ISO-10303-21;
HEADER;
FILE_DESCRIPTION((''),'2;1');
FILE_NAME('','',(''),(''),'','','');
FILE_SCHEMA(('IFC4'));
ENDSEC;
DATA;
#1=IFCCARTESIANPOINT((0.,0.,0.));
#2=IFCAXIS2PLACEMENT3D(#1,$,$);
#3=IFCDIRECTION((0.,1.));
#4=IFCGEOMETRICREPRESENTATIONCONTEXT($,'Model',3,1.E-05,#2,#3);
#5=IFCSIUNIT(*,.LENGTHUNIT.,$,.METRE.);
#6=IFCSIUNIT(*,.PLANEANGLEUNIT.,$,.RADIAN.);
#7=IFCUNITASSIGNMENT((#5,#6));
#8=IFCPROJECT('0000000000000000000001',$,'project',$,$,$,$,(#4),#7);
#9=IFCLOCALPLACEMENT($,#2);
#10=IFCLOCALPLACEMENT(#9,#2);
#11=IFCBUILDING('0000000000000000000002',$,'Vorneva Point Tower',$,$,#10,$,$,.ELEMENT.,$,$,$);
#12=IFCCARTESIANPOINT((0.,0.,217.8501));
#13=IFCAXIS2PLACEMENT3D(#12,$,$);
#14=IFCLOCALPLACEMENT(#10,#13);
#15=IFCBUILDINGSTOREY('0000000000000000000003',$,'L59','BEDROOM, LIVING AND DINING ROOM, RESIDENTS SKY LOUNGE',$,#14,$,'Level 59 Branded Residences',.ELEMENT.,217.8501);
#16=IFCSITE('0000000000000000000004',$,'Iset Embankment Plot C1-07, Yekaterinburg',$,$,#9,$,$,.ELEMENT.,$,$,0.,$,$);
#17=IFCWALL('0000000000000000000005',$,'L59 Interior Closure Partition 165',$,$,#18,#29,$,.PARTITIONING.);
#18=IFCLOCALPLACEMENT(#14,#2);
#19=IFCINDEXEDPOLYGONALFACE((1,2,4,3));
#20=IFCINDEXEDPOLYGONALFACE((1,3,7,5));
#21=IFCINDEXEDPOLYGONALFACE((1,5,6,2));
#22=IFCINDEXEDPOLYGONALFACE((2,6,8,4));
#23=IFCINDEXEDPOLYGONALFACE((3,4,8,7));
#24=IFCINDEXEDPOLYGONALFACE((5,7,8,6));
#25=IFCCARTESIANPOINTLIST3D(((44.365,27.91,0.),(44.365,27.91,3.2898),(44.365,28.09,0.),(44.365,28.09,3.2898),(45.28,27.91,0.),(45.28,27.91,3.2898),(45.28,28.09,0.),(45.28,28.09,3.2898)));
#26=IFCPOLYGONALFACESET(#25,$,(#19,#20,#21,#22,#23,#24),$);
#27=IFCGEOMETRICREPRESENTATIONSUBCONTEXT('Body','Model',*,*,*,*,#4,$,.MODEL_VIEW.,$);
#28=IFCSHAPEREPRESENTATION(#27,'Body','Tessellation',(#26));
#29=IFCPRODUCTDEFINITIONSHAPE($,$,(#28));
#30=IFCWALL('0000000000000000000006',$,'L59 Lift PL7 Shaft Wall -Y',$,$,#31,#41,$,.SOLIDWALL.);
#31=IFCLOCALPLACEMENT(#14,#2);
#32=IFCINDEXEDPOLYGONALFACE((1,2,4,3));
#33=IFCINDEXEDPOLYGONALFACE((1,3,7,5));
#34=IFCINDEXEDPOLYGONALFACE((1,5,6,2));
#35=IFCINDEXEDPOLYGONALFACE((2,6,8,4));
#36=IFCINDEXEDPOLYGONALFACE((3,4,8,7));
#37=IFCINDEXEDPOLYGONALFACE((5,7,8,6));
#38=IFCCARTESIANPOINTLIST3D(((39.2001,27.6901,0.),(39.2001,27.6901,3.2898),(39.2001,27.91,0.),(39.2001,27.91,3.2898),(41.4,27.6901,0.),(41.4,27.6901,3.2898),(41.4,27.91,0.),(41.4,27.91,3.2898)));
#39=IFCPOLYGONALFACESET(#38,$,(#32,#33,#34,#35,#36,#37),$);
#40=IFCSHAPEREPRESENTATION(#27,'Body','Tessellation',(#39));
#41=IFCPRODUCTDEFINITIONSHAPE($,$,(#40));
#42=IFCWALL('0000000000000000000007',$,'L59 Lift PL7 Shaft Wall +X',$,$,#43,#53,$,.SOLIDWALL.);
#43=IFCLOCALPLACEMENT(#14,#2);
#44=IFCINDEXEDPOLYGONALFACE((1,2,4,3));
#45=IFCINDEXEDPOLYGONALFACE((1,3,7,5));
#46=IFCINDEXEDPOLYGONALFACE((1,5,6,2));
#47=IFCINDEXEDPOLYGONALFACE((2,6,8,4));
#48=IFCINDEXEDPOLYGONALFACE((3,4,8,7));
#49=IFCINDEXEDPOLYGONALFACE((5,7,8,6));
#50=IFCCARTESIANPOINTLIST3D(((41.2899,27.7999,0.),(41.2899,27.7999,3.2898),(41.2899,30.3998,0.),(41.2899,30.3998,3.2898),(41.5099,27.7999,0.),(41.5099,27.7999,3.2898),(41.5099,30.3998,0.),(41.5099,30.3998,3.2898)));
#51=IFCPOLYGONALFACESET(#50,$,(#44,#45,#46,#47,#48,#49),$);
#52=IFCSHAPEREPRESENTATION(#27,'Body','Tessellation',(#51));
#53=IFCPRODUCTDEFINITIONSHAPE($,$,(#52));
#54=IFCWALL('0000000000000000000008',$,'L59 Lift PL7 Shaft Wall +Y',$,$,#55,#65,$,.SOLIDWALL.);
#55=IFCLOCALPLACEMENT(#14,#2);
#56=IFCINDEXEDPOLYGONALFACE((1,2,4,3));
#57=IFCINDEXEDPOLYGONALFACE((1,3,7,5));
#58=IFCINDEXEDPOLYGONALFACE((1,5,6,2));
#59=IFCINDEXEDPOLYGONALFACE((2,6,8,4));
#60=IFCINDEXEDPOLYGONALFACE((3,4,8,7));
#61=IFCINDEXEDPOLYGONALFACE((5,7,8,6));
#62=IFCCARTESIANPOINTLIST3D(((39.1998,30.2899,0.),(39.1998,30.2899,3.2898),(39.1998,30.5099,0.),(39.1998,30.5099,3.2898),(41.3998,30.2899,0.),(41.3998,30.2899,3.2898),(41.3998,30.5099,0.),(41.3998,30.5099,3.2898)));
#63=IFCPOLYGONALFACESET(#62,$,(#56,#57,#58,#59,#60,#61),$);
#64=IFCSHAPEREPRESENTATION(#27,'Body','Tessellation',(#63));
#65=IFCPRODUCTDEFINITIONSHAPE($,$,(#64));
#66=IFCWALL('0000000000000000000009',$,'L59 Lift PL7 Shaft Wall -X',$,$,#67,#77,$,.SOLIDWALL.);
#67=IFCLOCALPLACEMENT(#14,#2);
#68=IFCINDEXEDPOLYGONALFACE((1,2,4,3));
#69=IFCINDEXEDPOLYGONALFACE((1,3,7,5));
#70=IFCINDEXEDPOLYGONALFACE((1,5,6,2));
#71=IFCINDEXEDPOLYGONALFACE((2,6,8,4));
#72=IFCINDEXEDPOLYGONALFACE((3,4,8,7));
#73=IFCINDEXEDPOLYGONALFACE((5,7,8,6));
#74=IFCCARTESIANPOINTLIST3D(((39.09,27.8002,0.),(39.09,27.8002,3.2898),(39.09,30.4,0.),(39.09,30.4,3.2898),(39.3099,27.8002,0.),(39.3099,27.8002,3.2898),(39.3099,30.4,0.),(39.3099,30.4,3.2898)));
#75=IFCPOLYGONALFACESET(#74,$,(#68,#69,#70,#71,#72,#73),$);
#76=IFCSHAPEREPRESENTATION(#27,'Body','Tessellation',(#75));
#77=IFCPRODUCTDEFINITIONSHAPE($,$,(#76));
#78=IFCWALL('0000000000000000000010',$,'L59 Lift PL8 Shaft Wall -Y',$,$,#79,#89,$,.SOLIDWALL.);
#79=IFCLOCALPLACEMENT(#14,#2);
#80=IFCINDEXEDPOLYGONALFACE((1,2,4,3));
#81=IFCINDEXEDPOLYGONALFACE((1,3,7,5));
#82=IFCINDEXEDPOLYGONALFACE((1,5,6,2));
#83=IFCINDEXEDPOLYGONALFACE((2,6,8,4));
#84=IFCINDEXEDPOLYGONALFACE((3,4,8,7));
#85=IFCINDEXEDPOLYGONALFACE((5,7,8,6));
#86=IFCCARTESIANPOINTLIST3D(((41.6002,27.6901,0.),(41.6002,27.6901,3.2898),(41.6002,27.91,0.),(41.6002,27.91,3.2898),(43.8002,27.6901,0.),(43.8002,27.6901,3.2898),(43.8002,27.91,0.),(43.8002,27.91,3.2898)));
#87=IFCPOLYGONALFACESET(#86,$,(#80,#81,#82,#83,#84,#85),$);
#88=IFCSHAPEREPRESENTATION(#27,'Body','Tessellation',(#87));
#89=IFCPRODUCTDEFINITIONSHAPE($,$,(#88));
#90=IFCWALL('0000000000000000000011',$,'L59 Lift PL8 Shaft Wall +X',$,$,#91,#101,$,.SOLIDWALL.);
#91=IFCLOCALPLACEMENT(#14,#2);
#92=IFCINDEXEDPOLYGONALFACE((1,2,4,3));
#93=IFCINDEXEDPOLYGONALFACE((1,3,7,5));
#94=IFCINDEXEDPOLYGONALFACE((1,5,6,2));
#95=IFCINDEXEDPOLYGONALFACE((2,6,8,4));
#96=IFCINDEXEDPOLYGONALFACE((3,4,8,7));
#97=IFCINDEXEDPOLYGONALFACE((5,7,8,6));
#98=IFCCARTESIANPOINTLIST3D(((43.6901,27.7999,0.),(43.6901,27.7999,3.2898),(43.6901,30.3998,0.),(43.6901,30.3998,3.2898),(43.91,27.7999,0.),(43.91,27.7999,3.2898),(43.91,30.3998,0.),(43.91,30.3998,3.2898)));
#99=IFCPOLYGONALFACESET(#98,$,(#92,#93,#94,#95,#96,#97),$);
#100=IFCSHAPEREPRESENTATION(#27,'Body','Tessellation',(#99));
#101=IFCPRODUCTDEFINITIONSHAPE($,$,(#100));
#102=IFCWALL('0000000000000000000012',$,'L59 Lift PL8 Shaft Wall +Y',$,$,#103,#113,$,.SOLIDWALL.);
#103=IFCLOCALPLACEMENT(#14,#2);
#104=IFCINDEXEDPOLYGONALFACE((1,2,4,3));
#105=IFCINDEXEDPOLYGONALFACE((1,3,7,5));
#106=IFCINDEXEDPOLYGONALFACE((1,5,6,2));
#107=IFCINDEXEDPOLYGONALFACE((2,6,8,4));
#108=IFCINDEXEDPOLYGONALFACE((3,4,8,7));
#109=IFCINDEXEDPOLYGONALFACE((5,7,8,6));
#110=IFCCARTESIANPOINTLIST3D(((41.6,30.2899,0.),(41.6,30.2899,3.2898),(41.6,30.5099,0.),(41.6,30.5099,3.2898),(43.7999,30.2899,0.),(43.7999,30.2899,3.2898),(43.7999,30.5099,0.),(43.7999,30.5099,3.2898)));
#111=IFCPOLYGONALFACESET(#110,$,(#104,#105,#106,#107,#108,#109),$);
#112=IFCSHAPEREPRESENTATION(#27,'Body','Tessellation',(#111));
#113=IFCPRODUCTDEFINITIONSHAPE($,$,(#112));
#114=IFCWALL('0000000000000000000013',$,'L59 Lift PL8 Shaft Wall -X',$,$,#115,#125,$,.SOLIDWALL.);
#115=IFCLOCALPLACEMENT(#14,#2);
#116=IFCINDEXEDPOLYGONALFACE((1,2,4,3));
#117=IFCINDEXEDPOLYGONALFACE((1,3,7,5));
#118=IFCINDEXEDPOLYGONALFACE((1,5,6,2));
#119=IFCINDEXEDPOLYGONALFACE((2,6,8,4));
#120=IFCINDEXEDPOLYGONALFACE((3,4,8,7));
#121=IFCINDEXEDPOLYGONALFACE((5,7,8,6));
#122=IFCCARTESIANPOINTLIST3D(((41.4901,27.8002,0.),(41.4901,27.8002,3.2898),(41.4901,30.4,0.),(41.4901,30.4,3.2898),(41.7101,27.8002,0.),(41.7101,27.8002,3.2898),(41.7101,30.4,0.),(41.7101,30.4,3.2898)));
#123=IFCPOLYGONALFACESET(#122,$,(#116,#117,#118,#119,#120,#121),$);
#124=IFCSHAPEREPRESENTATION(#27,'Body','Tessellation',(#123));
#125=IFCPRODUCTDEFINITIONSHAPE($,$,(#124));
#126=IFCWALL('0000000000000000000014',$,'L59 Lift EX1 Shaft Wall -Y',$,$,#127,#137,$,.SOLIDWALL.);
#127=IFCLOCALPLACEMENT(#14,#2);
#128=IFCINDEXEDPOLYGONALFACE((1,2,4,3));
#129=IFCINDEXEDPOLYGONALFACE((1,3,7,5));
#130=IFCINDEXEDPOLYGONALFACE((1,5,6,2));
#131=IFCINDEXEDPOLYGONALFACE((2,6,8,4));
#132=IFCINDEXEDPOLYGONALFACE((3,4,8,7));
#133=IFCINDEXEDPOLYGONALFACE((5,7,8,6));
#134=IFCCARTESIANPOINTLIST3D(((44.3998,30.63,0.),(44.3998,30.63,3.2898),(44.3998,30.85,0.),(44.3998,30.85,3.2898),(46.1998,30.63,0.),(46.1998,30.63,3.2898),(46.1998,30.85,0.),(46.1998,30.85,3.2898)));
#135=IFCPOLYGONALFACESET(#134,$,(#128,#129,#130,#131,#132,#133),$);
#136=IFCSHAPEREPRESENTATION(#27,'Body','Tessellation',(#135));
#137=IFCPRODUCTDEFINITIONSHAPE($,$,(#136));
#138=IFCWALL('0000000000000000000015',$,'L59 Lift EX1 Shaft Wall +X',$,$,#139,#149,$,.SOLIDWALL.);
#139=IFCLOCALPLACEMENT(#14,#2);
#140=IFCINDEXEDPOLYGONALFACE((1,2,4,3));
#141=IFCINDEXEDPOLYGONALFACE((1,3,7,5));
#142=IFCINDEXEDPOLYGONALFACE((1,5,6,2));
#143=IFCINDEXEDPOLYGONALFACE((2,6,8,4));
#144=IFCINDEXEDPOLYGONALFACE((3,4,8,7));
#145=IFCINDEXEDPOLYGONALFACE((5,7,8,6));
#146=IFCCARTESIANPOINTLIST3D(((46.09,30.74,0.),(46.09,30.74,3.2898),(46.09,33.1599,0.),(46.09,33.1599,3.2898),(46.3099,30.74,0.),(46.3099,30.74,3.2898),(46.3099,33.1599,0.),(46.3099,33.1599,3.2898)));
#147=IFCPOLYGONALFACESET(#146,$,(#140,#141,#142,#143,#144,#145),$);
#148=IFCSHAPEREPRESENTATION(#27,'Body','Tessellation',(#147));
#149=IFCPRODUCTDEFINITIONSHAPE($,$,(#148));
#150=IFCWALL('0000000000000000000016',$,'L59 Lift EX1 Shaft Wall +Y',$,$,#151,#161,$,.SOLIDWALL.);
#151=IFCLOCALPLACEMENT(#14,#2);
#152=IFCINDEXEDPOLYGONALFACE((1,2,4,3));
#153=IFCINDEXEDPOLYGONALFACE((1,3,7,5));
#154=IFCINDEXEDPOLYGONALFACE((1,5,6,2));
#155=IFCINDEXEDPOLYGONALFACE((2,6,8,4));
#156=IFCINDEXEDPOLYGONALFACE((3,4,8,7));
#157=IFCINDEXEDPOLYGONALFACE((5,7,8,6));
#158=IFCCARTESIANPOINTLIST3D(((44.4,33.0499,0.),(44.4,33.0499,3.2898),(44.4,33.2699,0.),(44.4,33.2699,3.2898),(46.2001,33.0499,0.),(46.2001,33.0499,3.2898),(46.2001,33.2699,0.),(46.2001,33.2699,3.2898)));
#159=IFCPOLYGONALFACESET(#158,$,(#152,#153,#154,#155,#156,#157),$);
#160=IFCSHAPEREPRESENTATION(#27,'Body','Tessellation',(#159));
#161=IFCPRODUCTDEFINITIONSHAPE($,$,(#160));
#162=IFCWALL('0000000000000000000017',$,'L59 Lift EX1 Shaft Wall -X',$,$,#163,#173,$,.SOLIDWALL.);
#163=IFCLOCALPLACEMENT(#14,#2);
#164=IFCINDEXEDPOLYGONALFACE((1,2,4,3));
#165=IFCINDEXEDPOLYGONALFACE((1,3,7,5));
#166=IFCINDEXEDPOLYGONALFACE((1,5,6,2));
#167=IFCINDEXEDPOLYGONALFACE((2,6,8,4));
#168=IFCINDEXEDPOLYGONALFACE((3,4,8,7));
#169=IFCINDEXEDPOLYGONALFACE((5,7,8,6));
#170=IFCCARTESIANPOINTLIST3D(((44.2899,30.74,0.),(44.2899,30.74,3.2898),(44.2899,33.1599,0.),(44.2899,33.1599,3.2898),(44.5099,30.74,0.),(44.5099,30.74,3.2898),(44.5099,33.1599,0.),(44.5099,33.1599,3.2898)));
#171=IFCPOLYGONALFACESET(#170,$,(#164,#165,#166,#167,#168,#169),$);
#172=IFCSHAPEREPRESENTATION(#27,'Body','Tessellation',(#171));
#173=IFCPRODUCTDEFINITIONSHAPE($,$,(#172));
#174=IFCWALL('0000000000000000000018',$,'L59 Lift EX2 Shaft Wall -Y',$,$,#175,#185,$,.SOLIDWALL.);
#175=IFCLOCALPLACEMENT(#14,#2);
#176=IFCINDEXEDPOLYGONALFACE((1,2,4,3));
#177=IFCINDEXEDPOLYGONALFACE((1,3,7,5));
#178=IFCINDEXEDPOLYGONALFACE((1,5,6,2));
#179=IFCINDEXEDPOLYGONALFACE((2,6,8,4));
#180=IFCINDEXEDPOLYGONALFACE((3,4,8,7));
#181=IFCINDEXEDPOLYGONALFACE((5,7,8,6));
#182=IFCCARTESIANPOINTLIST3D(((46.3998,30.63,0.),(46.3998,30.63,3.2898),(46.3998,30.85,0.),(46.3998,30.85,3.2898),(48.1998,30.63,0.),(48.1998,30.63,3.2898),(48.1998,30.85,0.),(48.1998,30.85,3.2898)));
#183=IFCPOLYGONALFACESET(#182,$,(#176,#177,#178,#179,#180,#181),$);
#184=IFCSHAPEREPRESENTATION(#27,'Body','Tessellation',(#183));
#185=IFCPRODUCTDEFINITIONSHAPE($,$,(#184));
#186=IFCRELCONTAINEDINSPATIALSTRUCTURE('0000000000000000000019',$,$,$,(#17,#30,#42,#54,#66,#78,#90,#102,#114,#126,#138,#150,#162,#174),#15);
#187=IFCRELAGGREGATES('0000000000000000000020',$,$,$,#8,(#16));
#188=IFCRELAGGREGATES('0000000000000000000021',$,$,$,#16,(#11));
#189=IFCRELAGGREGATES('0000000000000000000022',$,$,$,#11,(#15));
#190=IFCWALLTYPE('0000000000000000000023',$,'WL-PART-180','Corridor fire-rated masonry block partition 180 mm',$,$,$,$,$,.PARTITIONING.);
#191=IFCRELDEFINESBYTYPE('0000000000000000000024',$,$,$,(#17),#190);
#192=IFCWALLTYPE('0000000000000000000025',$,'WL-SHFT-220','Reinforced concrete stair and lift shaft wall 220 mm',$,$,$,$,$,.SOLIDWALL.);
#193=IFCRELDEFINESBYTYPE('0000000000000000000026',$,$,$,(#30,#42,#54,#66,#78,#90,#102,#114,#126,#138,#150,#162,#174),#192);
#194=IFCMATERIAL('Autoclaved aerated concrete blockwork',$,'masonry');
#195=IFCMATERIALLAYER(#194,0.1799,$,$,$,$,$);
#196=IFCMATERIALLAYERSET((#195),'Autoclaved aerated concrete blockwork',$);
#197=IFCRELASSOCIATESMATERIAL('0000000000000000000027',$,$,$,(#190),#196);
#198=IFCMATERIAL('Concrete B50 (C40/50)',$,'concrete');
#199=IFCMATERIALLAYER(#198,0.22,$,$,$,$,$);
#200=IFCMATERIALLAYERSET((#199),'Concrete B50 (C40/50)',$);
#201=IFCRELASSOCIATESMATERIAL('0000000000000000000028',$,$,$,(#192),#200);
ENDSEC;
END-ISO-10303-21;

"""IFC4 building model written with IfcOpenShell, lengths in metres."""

from ifc_helpers import new_model, si_unit, direction, frame, frame_2d, origin, place, context, subcontext, project, spatial, rectangle, extrude, material, layer, layer_set, type_object, element, save


model = new_model("IFC4")

# Units and contexts
model_context = context("Model", 3, precision=1e-05, world=origin(), true_north=direction((0.0, 1.0)))
body_context = subcontext(model_context, "Body", "Model", "MODEL_VIEW")
ifc_project = project(units=[si_unit("LENGTHUNIT", "METRE"), si_unit("PLANEANGLEUNIT", "RADIAN")], contexts=[model_context])

# Site, building, storey
site_placement = place(None, origin())
site = spatial("IfcSite", under=ifc_project, at=site_placement, Name="Iset Embankment Plot C1-07, Yekaterinburg", CompositionType="ELEMENT", RefElevation=0.0)
building_placement = place(site_placement, origin())
building = spatial("IfcBuilding", under=site, at=building_placement, Name="Vorneva Point Tower", CompositionType="ELEMENT")
storey_placement = place(building_placement, frame((0.0, 0.0, 217.8501)))
storey = spatial("IfcBuildingStorey", under=building, at=storey_placement, Name="L59", Description="BEDROOM, LIVING AND DINING ROOM, RESIDENTS SKY LOUNGE", LongName="Level 59 Branded Residences", CompositionType="ELEMENT", Elevation=217.8501)

# Shared definitions
ifc_material_1 = material(Name="Concrete B50 (C40/50)", Category="concrete")

# Shared definitions
ifc_material_2 = material(Name="Autoclaved aerated concrete blockwork", Category="masonry")
ifc_layer_1 = layer(ifc_material_2, 0.1799)
ifc_layer_set_1 = layer_set([ifc_layer_1], Name="Autoclaved aerated concrete blockwork")
wall_type_1 = type_object("IfcWallType", Name="WL-PART-180", Description="Corridor fire-rated masonry block partition 180 mm", PredefinedType="PARTITIONING", material=ifc_layer_set_1)

# Walls
wall_1_placement = place(storey_placement, frame((45.28, 28.0, 0.0), z_axis=(0.0, 0.0, 1.0), x_axis=(-1.0, 0.0, 0.0)))
element("IfcWall", 1, at=wall_1_placement, inside=storey, type_object=wall_type_1, Name="L59 Interior Closure Partition 165", PredefinedType="PARTITIONING", context=body_context, shape_type="SweptSolid", body=[
    extrude(rectangle(XDim=0.915, YDim=0.1799, at=frame_2d((0.4575, 0.0))), origin(), (0.0, 0.0, 1.0), 3.2898),
])
ifc_layer_2 = layer(ifc_material_1, 0.22)
ifc_layer_set_2 = layer_set([ifc_layer_2], Name="Concrete B50 (C40/50)")
wall_type_2 = type_object("IfcWallType", Name="WL-SHFT-220", Description="Reinforced concrete stair and lift shaft wall 220 mm", PredefinedType="SOLIDWALL", material=ifc_layer_set_2)
wall_2_placement = place(storey_placement, frame((39.2, 27.8, 0.0), z_axis=(0.0, 0.0, 1.0), x_axis=(1.0, 0.0, 0.0)))
element("IfcWall", 2, at=wall_2_placement, inside=storey, type_object=wall_type_2, Name="L59 Lift PL7 Shaft Wall -Y", PredefinedType="SOLIDWALL", context=body_context, shape_type="SweptSolid", body=[
    extrude(rectangle(XDim=2.2, YDim=0.22, at=frame_2d((1.1001, 0.0))), origin(), (0.0, 0.0, 1.0), 3.2898),
])
wall_3_placement = place(storey_placement, frame((41.3999, 27.8, 0.0), z_axis=(0.0, 0.0, 1.0), x_axis=(0.0, 1.0, 0.0)))
element("IfcWall", 3, at=wall_3_placement, inside=storey, type_object=wall_type_2, Name="L59 Lift PL7 Shaft Wall +X", PredefinedType="SOLIDWALL", context=body_context, shape_type="SweptSolid", body=[
    extrude(rectangle(XDim=2.5999, YDim=0.22, at=frame_2d((1.2998, 0.0))), origin(), (0.0, 0.0, 1.0), 3.2898),
])
wall_4_placement = place(storey_placement, frame((41.3999, 30.3999, 0.0), z_axis=(0.0, 0.0, 1.0), x_axis=(-1.0, 0.0, 0.0)))
element("IfcWall", 4, at=wall_4_placement, inside=storey, type_object=wall_type_2, Name="L59 Lift PL7 Shaft Wall +Y", PredefinedType="SOLIDWALL", context=body_context, shape_type="SweptSolid", body=[
    extrude(rectangle(XDim=2.2, YDim=0.22, at=frame_2d((1.1001, 0.0))), origin(), (0.0, 0.0, 1.0), 3.2898),
])
wall_5_placement = place(storey_placement, frame((39.2, 30.3999, 0.0), z_axis=(0.0, 0.0, 1.0), x_axis=(0.0, -1.0, 0.0)))
element("IfcWall", 5, at=wall_5_placement, inside=storey, type_object=wall_type_2, Name="L59 Lift PL7 Shaft Wall -X", PredefinedType="SOLIDWALL", context=body_context, shape_type="SweptSolid", body=[
    extrude(rectangle(XDim=2.5999, YDim=0.22, at=frame_2d((1.2998, 0.0))), origin(), (0.0, 0.0, 1.0), 3.2898),
])
wall_6_placement = place(storey_placement, frame((41.6001, 27.8, 0.0), z_axis=(0.0, 0.0, 1.0), x_axis=(1.0, 0.0, 0.0)))
element("IfcWall", 6, at=wall_6_placement, inside=storey, type_object=wall_type_2, Name="L59 Lift PL8 Shaft Wall -Y", PredefinedType="SOLIDWALL", context=body_context, shape_type="SweptSolid", body=[
    extrude(rectangle(XDim=2.2, YDim=0.22, at=frame_2d((1.1001, 0.0))), origin(), (0.0, 0.0, 1.0), 3.2898),
])
wall_7_placement = place(storey_placement, frame((43.8, 27.8, 0.0), z_axis=(0.0, 0.0, 1.0), x_axis=(0.0, 1.0, 0.0)))
element("IfcWall", 7, at=wall_7_placement, inside=storey, type_object=wall_type_2, Name="L59 Lift PL8 Shaft Wall +X", PredefinedType="SOLIDWALL", context=body_context, shape_type="SweptSolid", body=[
    extrude(rectangle(XDim=2.5999, YDim=0.22, at=frame_2d((1.2998, 0.0))), origin(), (0.0, 0.0, 1.0), 3.2898),
])
wall_8_placement = place(storey_placement, frame((43.8, 30.3999, 0.0), z_axis=(0.0, 0.0, 1.0), x_axis=(-1.0, 0.0, 0.0)))
element("IfcWall", 8, at=wall_8_placement, inside=storey, type_object=wall_type_2, Name="L59 Lift PL8 Shaft Wall +Y", PredefinedType="SOLIDWALL", context=body_context, shape_type="SweptSolid", body=[
    extrude(rectangle(XDim=2.2, YDim=0.22, at=frame_2d((1.1001, 0.0))), origin(), (0.0, 0.0, 1.0), 3.2898),
])
wall_9_placement = place(storey_placement, frame((41.6001, 30.3999, 0.0), z_axis=(0.0, 0.0, 1.0), x_axis=(0.0, -1.0, 0.0)))
element("IfcWall", 9, at=wall_9_placement, inside=storey, type_object=wall_type_2, Name="L59 Lift PL8 Shaft Wall -X", PredefinedType="SOLIDWALL", context=body_context, shape_type="SweptSolid", body=[
    extrude(rectangle(XDim=2.5999, YDim=0.22, at=frame_2d((1.2998, 0.0))), origin(), (0.0, 0.0, 1.0), 3.2898),
])
wall_10_placement = place(storey_placement, frame((44.3999, 30.74, 0.0), z_axis=(0.0, 0.0, 1.0), x_axis=(1.0, 0.0, 0.0)))
element("IfcWall", 10, at=wall_10_placement, inside=storey, type_object=wall_type_2, Name="L59 Lift EX1 Shaft Wall -Y", PredefinedType="SOLIDWALL", context=body_context, shape_type="SweptSolid", body=[
    extrude(rectangle(XDim=1.8, YDim=0.22, at=frame_2d((0.8999, 0.0))), origin(), (0.0, 0.0, 1.0), 3.2898),
])
wall_11_placement = place(storey_placement, frame((46.2, 30.74, 0.0), z_axis=(0.0, 0.0, 1.0), x_axis=(0.0, 1.0, 0.0)))
element("IfcWall", 11, at=wall_11_placement, inside=storey, type_object=wall_type_2, Name="L59 Lift EX1 Shaft Wall +X", PredefinedType="SOLIDWALL", context=body_context, shape_type="SweptSolid", body=[
    extrude(rectangle(XDim=2.4199, YDim=0.22, at=frame_2d((1.21, 0.0))), origin(), (0.0, 0.0, 1.0), 3.2898),
])
wall_12_placement = place(storey_placement, frame((46.2, 33.1599, 0.0), z_axis=(0.0, 0.0, 1.0), x_axis=(-1.0, 0.0, 0.0)))
element("IfcWall", 12, at=wall_12_placement, inside=storey, type_object=wall_type_2, Name="L59 Lift EX1 Shaft Wall +Y", PredefinedType="SOLIDWALL", context=body_context, shape_type="SweptSolid", body=[
    extrude(rectangle(XDim=1.8, YDim=0.22, at=frame_2d((0.8999, 0.0))), origin(), (0.0, 0.0, 1.0), 3.2898),
])
wall_13_placement = place(storey_placement, frame((44.3999, 33.1599, 0.0), z_axis=(0.0, 0.0, 1.0), x_axis=(0.0, -1.0, 0.0)))
element("IfcWall", 13, at=wall_13_placement, inside=storey, type_object=wall_type_2, Name="L59 Lift EX1 Shaft Wall -X", PredefinedType="SOLIDWALL", context=body_context, shape_type="SweptSolid", body=[
    extrude(rectangle(XDim=2.4199, YDim=0.22, at=frame_2d((1.21, 0.0))), origin(), (0.0, 0.0, 1.0), 3.2898),
])
wall_14_placement = place(storey_placement, frame((46.3999, 30.74, 0.0), z_axis=(0.0, 0.0, 1.0), x_axis=(1.0, 0.0, 0.0)))
element("IfcWall", 14, at=wall_14_placement, inside=storey, type_object=wall_type_2, Name="L59 Lift EX2 Shaft Wall -Y", PredefinedType="SOLIDWALL", context=body_context, shape_type="SweptSolid", body=[
    extrude(rectangle(XDim=1.8, YDim=0.22, at=frame_2d((0.8999, 0.0))), origin(), (0.0, 0.0, 1.0), 3.2898),
])

save(model, "model.ifc")
